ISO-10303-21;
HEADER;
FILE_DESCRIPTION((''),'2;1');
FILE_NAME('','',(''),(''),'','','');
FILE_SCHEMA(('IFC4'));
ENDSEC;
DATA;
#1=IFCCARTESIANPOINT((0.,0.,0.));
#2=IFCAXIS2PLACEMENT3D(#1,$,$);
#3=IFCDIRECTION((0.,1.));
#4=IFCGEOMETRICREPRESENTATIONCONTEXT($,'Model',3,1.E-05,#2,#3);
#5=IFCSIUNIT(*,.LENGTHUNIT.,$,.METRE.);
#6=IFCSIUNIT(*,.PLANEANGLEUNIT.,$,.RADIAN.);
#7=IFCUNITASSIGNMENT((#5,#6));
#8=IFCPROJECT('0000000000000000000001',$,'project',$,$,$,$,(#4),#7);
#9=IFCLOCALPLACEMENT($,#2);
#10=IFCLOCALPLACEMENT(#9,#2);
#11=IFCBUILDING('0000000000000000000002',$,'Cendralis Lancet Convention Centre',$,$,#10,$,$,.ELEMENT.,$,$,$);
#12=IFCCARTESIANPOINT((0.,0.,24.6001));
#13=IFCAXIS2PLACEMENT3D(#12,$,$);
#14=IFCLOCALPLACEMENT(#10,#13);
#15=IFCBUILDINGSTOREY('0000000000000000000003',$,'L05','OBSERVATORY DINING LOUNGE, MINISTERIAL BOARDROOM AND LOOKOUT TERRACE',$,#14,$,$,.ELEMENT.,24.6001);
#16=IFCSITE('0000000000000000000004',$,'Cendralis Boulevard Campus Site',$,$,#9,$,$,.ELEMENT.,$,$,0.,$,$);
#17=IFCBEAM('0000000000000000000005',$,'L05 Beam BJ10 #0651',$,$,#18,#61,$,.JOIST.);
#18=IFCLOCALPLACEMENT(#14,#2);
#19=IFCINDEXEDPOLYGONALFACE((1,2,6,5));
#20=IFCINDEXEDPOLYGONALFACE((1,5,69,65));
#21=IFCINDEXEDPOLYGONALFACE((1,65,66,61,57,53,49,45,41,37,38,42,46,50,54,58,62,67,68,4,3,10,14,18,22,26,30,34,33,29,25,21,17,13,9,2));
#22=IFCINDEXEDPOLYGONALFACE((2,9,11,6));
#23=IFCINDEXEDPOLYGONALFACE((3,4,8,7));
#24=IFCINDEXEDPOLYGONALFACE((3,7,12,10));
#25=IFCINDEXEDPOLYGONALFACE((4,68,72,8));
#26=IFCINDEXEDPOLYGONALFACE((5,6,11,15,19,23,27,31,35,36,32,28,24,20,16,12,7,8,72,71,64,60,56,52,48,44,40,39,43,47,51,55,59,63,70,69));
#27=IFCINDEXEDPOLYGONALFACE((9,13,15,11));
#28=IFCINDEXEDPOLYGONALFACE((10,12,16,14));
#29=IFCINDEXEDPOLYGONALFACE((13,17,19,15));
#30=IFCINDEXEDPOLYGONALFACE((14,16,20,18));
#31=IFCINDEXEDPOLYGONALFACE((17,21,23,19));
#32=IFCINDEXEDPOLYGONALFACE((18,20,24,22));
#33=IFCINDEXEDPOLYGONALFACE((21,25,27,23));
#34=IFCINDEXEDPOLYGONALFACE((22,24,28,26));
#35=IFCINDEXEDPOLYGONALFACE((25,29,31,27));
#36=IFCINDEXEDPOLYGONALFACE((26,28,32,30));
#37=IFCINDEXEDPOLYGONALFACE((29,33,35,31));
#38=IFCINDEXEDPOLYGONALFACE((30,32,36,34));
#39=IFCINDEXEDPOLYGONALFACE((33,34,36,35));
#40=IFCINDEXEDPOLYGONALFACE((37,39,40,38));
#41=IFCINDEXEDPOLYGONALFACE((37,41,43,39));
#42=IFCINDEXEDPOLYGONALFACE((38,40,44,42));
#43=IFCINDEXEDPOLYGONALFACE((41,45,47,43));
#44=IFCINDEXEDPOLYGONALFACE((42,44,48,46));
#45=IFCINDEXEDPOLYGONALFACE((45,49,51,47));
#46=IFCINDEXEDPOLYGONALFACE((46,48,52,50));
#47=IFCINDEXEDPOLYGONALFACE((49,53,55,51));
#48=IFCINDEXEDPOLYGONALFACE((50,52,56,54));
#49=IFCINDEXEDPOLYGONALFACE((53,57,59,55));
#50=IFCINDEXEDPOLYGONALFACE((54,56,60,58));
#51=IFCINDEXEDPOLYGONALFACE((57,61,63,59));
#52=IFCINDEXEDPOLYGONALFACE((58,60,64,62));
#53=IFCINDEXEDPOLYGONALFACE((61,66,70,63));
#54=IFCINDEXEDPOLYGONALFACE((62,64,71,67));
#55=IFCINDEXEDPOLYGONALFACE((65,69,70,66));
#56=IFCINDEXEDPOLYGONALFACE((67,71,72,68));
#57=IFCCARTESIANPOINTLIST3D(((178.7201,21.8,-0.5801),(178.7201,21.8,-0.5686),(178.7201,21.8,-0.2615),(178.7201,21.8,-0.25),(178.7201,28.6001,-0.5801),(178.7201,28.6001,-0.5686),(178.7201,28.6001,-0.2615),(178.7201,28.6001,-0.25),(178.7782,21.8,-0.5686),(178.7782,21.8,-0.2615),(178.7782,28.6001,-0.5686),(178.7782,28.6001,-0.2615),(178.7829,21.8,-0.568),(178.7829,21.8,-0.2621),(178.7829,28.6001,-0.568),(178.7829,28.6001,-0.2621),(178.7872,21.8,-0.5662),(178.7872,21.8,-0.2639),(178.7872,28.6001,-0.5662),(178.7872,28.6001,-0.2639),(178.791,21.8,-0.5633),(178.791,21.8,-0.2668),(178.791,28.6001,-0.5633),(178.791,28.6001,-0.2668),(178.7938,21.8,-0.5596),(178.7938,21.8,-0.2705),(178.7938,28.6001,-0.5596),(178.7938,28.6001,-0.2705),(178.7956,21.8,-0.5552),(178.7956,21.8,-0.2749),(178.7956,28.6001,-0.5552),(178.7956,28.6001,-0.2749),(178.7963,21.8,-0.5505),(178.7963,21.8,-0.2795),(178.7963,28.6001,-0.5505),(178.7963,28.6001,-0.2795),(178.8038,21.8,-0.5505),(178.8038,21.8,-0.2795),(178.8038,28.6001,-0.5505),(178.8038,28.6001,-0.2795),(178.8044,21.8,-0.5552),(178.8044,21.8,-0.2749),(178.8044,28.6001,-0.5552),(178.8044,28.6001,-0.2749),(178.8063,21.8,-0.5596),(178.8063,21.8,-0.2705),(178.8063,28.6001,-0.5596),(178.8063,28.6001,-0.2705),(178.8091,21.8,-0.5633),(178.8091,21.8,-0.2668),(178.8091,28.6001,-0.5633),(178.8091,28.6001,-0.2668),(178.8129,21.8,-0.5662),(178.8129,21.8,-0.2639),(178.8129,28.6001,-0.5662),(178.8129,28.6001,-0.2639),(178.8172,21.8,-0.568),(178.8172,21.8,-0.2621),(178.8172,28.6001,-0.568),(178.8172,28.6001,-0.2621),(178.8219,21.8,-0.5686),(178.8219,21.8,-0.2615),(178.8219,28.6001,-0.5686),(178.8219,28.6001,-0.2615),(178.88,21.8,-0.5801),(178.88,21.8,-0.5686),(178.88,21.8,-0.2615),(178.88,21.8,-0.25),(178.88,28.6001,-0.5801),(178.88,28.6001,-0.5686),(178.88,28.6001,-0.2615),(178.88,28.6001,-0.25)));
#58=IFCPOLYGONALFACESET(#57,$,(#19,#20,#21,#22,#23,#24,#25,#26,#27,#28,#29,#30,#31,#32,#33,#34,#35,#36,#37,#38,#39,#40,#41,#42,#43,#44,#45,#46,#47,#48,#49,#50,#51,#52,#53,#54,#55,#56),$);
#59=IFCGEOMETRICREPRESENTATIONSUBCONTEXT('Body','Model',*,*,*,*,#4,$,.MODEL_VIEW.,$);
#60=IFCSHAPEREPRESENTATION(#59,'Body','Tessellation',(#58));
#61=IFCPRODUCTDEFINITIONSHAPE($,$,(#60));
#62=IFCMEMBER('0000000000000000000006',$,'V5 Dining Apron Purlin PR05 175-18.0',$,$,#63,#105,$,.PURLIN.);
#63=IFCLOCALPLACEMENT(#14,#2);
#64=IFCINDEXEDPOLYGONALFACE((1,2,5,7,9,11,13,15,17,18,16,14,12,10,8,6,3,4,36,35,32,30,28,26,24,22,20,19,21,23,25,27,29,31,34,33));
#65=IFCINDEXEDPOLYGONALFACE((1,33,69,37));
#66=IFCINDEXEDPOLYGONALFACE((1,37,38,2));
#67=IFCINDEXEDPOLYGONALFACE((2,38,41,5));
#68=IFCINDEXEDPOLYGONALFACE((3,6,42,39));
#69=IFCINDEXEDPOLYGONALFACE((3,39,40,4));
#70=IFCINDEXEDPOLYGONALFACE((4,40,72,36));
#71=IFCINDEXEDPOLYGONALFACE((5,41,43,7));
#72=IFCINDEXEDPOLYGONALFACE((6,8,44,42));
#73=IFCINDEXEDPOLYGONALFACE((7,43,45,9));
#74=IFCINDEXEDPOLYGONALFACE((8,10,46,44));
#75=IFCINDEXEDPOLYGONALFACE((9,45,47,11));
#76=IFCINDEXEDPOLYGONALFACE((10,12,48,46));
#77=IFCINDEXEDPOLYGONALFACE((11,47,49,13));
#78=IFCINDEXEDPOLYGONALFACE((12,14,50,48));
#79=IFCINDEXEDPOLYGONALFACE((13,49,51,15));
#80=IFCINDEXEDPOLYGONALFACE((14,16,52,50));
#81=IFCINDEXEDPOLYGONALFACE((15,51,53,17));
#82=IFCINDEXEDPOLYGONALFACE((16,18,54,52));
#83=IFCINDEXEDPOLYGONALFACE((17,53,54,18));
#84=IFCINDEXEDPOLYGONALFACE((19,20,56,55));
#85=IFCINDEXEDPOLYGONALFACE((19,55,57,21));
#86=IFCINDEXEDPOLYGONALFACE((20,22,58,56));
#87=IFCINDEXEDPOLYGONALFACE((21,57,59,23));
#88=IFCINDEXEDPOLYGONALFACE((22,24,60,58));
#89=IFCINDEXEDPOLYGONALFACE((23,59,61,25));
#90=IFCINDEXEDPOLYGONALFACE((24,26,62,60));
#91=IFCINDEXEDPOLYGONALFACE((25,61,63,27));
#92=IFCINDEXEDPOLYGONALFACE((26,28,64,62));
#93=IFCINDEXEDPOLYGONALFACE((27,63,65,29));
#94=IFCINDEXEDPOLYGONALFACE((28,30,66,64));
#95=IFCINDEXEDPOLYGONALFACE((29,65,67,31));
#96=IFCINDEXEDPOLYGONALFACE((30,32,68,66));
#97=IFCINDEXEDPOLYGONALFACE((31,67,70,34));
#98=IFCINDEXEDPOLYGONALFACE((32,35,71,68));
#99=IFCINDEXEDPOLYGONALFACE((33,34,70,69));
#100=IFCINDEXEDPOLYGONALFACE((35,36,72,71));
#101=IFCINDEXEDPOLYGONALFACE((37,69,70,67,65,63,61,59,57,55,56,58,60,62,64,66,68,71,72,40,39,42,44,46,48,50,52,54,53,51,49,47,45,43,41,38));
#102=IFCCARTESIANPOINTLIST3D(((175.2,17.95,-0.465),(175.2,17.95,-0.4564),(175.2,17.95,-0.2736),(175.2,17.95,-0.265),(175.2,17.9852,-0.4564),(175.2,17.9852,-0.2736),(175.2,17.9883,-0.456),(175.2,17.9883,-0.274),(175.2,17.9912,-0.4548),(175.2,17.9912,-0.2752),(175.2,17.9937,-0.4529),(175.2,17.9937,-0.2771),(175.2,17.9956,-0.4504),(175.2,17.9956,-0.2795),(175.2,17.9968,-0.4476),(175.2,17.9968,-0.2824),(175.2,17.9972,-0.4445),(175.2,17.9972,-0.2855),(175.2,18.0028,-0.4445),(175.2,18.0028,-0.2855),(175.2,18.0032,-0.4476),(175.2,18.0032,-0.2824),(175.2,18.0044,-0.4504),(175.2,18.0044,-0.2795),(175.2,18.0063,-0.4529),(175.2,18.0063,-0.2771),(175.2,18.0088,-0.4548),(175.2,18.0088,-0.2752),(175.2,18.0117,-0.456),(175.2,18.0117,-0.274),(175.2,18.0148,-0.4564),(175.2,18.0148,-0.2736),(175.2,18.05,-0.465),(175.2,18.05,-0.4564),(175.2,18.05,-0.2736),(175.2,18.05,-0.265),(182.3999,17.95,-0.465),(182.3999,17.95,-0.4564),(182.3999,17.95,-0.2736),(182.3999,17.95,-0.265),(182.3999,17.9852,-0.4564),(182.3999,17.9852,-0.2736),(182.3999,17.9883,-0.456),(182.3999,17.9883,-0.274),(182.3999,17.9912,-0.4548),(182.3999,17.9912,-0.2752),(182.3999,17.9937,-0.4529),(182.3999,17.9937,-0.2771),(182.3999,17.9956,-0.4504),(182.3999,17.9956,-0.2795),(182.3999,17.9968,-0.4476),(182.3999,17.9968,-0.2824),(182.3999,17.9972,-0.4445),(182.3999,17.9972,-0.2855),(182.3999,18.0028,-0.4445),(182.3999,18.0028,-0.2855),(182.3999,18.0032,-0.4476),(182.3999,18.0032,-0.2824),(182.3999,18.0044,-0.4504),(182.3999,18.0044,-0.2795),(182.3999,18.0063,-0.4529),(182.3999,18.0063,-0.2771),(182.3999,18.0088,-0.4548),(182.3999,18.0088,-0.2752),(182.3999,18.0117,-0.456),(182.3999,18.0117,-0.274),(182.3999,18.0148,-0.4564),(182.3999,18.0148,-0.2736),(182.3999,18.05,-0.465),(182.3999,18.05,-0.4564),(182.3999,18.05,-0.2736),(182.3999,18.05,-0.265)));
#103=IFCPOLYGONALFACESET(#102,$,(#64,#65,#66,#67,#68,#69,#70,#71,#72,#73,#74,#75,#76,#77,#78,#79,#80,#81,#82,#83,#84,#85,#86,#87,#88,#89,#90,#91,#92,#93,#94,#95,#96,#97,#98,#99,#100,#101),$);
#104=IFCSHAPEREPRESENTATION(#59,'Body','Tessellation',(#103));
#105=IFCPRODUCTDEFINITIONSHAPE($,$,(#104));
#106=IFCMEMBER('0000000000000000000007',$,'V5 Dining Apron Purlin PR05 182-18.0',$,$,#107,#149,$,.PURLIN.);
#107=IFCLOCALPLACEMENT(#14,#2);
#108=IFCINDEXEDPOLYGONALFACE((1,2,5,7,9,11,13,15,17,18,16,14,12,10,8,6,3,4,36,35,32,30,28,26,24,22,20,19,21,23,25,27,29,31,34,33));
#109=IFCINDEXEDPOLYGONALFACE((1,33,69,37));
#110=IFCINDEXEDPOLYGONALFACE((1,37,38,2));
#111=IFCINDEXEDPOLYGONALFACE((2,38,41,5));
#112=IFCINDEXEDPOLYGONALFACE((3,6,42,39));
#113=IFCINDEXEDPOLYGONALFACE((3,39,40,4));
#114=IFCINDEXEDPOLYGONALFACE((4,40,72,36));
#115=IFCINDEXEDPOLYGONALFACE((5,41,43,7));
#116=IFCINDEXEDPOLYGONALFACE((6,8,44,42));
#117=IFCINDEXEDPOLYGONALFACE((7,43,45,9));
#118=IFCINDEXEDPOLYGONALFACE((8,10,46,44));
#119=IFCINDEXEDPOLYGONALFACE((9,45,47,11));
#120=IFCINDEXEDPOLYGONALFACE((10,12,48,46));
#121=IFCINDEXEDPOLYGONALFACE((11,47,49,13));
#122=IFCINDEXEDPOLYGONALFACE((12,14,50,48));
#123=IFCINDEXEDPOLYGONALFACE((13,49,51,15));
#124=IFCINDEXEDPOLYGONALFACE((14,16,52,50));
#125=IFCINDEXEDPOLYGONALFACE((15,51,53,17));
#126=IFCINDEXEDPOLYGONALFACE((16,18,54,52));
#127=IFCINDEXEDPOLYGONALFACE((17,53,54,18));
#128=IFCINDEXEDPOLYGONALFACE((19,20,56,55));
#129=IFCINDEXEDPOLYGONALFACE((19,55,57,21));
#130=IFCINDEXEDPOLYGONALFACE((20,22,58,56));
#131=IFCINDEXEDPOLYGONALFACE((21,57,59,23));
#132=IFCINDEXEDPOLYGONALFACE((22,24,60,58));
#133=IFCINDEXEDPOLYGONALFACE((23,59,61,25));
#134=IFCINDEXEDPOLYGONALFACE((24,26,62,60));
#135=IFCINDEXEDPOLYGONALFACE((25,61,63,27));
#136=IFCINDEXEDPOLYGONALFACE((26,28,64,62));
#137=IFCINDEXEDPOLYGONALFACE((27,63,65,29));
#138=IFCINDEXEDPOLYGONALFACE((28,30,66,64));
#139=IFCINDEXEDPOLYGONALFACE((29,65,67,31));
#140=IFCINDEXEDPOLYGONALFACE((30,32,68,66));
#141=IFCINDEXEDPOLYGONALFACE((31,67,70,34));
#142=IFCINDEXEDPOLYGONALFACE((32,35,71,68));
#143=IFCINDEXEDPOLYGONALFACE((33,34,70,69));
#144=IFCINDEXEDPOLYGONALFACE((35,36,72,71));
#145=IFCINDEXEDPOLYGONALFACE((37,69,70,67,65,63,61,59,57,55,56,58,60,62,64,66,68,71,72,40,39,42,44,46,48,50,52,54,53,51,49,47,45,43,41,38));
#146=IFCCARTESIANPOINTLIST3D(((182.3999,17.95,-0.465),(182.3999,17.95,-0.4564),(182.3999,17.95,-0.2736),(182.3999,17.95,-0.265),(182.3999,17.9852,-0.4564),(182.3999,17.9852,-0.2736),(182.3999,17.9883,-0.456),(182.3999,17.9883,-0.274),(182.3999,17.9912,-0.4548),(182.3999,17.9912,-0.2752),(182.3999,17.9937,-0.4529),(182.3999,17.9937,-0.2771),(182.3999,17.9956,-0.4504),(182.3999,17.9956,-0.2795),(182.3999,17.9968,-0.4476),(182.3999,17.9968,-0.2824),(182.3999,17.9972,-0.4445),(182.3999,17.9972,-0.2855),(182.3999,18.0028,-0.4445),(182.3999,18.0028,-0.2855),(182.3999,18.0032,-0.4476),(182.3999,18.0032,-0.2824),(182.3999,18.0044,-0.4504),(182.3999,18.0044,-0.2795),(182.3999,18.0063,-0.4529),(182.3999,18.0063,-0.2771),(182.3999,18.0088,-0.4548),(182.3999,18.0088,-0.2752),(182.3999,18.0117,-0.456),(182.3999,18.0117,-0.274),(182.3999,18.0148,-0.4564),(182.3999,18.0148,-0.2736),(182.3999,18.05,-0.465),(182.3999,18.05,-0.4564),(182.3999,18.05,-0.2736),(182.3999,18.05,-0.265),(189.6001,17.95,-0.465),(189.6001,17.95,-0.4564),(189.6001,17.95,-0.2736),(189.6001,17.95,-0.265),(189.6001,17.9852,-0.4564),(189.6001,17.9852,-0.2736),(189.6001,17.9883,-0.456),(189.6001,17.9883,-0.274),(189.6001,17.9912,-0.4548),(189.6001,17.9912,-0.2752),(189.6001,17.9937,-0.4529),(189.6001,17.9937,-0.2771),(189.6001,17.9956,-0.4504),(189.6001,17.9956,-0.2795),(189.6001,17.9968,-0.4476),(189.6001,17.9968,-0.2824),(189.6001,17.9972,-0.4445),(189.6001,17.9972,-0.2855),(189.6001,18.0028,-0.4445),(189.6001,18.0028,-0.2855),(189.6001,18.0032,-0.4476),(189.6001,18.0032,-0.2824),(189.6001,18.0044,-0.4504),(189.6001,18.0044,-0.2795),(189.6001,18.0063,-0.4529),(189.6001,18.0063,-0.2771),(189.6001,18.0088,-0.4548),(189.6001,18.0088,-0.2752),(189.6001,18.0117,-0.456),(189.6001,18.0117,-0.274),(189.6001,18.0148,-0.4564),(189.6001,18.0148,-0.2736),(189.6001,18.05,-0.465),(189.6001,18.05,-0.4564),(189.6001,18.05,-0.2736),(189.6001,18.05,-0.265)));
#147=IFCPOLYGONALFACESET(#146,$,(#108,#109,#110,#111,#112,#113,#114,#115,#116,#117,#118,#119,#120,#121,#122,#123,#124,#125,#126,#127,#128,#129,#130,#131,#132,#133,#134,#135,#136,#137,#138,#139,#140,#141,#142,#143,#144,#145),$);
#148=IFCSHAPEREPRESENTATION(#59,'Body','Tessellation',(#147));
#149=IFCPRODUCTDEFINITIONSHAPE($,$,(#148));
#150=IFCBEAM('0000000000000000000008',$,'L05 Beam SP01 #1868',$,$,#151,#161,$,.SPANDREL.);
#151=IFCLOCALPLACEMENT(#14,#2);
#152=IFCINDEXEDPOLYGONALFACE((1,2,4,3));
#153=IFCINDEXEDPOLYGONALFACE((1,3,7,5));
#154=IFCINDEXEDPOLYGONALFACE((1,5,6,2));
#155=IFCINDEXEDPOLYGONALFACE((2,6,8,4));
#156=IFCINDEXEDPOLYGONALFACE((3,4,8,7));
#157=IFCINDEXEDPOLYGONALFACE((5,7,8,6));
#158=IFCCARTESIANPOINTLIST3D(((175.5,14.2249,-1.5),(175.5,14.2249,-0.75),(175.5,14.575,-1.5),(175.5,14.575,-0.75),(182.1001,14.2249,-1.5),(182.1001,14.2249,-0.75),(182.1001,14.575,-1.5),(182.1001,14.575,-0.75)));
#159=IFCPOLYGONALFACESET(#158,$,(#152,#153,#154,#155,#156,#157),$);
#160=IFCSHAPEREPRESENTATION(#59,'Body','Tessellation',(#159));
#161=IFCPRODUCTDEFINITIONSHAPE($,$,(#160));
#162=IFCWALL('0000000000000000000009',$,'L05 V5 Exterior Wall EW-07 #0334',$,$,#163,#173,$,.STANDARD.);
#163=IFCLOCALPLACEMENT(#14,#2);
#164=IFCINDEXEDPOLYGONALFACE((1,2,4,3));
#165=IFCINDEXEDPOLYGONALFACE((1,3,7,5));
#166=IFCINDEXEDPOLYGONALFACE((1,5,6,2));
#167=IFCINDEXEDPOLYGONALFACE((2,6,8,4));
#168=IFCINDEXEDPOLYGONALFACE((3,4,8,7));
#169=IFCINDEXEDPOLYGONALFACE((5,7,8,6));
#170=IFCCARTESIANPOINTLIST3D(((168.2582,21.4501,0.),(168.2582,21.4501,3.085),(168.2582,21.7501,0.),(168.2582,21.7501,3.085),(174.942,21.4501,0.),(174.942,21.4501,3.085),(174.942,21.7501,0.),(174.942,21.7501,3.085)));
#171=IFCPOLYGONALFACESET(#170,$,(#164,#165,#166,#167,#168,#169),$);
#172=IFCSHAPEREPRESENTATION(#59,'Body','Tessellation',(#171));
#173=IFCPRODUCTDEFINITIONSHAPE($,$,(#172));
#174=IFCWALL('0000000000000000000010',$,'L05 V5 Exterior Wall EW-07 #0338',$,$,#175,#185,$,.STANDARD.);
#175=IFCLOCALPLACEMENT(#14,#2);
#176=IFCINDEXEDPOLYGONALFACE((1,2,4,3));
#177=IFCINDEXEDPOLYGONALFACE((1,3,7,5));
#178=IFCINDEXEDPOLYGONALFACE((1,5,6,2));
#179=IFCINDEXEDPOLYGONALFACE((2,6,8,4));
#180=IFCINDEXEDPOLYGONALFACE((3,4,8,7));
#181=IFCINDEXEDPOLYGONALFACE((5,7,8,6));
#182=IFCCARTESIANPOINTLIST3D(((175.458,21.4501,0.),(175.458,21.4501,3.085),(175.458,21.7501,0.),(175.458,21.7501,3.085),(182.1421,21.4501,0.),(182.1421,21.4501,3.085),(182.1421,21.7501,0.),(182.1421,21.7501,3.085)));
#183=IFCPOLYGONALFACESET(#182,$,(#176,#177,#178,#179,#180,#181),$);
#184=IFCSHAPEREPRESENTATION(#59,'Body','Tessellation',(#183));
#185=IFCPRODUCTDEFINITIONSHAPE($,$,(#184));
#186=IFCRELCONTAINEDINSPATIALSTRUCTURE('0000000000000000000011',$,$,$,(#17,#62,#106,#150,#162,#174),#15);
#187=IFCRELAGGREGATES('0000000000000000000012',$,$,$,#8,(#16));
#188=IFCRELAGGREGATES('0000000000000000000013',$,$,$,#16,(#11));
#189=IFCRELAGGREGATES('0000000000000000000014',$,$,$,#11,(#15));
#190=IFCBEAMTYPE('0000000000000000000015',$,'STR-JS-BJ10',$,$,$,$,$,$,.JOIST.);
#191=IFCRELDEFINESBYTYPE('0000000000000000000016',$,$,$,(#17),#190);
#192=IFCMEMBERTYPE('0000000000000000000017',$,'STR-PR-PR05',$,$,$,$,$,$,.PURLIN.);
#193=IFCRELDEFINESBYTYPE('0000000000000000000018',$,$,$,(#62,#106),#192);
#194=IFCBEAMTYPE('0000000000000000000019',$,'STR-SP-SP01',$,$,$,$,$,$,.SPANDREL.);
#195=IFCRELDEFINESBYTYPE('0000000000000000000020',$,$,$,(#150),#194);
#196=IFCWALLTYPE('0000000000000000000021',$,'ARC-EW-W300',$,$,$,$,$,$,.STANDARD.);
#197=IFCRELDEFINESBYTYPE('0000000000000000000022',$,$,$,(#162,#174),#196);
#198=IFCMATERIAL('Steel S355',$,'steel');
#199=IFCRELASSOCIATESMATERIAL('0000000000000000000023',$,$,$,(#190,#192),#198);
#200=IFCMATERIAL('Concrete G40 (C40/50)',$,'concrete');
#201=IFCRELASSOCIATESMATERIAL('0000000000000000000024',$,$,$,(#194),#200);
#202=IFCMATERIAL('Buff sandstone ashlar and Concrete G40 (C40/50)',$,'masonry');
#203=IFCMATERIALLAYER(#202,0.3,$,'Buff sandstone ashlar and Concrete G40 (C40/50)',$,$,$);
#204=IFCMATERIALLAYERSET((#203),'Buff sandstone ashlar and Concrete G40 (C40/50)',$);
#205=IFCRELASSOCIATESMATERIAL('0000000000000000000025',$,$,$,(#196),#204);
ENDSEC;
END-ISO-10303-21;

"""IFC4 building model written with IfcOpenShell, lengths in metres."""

from ifc_helpers import new_model, si_unit, direction, frame, frame_2d, origin, origin_2d, place, context, subcontext, project, spatial, rectangle, i_section, extrude, material, layer, layer_set, material_profile, profile_set, type_object, element, save


model = new_model("IFC4")

# Units and contexts
model_context = context("Model", 3, precision=1e-05, world=origin(), true_north=direction((0.0, 1.0)))
body_context = subcontext(model_context, "Body", "Model", "MODEL_VIEW")
ifc_project = project(units=[si_unit("LENGTHUNIT", "METRE"), si_unit("PLANEANGLEUNIT", "RADIAN")], contexts=[model_context])

# Site, building, storey
site_placement = place(None, origin())
site = spatial("IfcSite", under=ifc_project, at=site_placement, Name="Cendralis Boulevard Campus Site", CompositionType="ELEMENT", RefElevation=0.0)
building_placement = place(site_placement, origin())
building = spatial("IfcBuilding", under=site, at=building_placement, Name="Cendralis Lancet Convention Centre", CompositionType="ELEMENT")
storey_placement = place(building_placement, frame((0.0, 0.0, 24.6001)))
storey = spatial("IfcBuildingStorey", under=building, at=storey_placement, Name="L05", Description="OBSERVATORY DINING LOUNGE, MINISTERIAL BOARDROOM AND LOOKOUT TERRACE", CompositionType="ELEMENT", Elevation=24.6001)

# Shared definitions
ifc_material_1 = material(Name="Concrete G40 (C40/50)", Category="concrete")

# Beam
ifc_material_2 = material(Name="Steel S355", Category="steel")
ifc_material_profile_1 = material_profile(ifc_material_2, i_section(OverallWidth=0.1599, OverallDepth=0.3301, WebThickness=0.0076, FlangeThickness=0.0115, FilletRadius=0.0181, at=origin_2d()), Name="IPE 330")
ifc_profile_set_1 = profile_set([ifc_material_profile_1], Name="Steel S355")
beam_type_1 = type_object("IfcBeamType", Name="STR-JS-BJ10", PredefinedType="JOIST", material=ifc_profile_set_1)
beam_1_placement = place(storey_placement, frame((178.8, 21.8, -0.415), z_axis=(0.0, 1.0, 0.0), x_axis=(-1.0, 0.0, 0.0)))
element("IfcBeam", 1, at=beam_1_placement, inside=storey, type_object=beam_type_1, Name="L05 Beam BJ10 #0651", PredefinedType="JOIST", context=body_context, shape_type="SweptSolid", body=[
    extrude(i_section(OverallWidth=0.1599, OverallDepth=0.3301, WebThickness=0.0076, FlangeThickness=0.0115, FilletRadius=0.0181, at=origin_2d()), origin(), (0.0, 0.0, 1.0), 6.8),
])

# Members
ifc_material_profile_2 = material_profile(ifc_material_2, i_section(OverallWidth=0.1001, OverallDepth=0.2, WebThickness=0.0056, FlangeThickness=0.0085, FilletRadius=0.012, at=origin_2d()), Name="IPE 200")
ifc_profile_set_2 = profile_set([ifc_material_profile_2], Name="Steel S355")
member_type = type_object("IfcMemberType", Name="STR-PR-PR05", PredefinedType="PURLIN", material=ifc_profile_set_2)
member_1_placement = place(storey_placement, frame((175.2, 18.0, -0.365), z_axis=(1.0, 0.0, 0.0), x_axis=(0.0, 1.0, 0.0)))
element("IfcMember", 2, at=member_1_placement, inside=storey, type_object=member_type, Name="V5 Dining Apron Purlin PR05 175-18.0", PredefinedType="PURLIN", context=body_context, shape_type="SweptSolid", body=[
    extrude(i_section(OverallWidth=0.1001, OverallDepth=0.2, WebThickness=0.0056, FlangeThickness=0.0085, FilletRadius=0.012, at=origin_2d()), origin(), (0.0, 0.0, 1.0), 7.2),
])
member_2_placement = place(storey_placement, frame((182.3999, 18.0, -0.365), z_axis=(1.0, 0.0, 0.0), x_axis=(0.0, 1.0, 0.0)))
element("IfcMember", 3, at=member_2_placement, inside=storey, type_object=member_type, Name="V5 Dining Apron Purlin PR05 182-18.0", PredefinedType="PURLIN", context=body_context, shape_type="SweptSolid", body=[
    extrude(i_section(OverallWidth=0.1001, OverallDepth=0.2, WebThickness=0.0056, FlangeThickness=0.0085, FilletRadius=0.012, at=origin_2d()), origin(), (0.0, 0.0, 1.0), 7.2002),
])

# Beam
ifc_material_profile_3 = material_profile(ifc_material_1, rectangle(XDim=0.3501, YDim=0.75, at=origin_2d()), Name="RCB 350x750")
ifc_profile_set_3 = profile_set([ifc_material_profile_3], Name="Concrete G40 (C40/50)")
beam_type_2 = type_object("IfcBeamType", Name="STR-SP-SP01", PredefinedType="SPANDREL", material=ifc_profile_set_3)
beam_2_placement = place(storey_placement, frame((175.5, 14.3999, -1.125), z_axis=(1.0, 0.0, 0.0), x_axis=(0.0, 1.0, 0.0)))
element("IfcBeam", 4, at=beam_2_placement, inside=storey, type_object=beam_type_2, Name="L05 Beam SP01 #1868", PredefinedType="SPANDREL", context=body_context, shape_type="SweptSolid", body=[
    extrude(rectangle(XDim=0.3501, YDim=0.75, at=origin_2d()), origin(), (0.0, 0.0, 1.0), 6.6001),
])

# Walls
ifc_material_3 = material(Name="Buff sandstone ashlar and Concrete G40 (C40/50)", Category="masonry")
ifc_layer_1 = layer(ifc_material_3, 0.3, Name="Buff sandstone ashlar and Concrete G40 (C40/50)")
ifc_layer_set_1 = layer_set([ifc_layer_1], Name="Buff sandstone ashlar and Concrete G40 (C40/50)")
wall_type_1 = type_object("IfcWallType", Name="ARC-EW-W300", PredefinedType="STANDARD", material=ifc_layer_set_1)
wall_1_placement = place(storey_placement, frame((174.9419, 21.6001, 0.0), z_axis=(0.0, 0.0, 1.0), x_axis=(-1.0, 0.0, 0.0)))
element("IfcWall", 5, at=wall_1_placement, inside=storey, type_object=wall_type_1, Name="L05 V5 Exterior Wall EW-07 #0334", PredefinedType="STANDARD", context=body_context, shape_type="SweptSolid", body=[
    extrude(rectangle(XDim=6.6838, YDim=0.3, at=frame_2d((3.3418, 0.0))), origin(), (0.0, 0.0, 1.0), 3.085),
])
wall_2_placement = place(storey_placement, frame((182.1421, 21.6001, 0.0), z_axis=(0.0, 0.0, 1.0), x_axis=(-1.0, 0.0, 0.0)))
element("IfcWall", 6, at=wall_2_placement, inside=storey, type_object=wall_type_1, Name="L05 V5 Exterior Wall EW-07 #0338", PredefinedType="STANDARD", context=body_context, shape_type="SweptSolid", body=[
    extrude(rectangle(XDim=6.6841, YDim=0.3, at=frame_2d((3.342, 0.0))), origin(), (0.0, 0.0, 1.0), 3.085),
])

save(model, "model.ifc")
